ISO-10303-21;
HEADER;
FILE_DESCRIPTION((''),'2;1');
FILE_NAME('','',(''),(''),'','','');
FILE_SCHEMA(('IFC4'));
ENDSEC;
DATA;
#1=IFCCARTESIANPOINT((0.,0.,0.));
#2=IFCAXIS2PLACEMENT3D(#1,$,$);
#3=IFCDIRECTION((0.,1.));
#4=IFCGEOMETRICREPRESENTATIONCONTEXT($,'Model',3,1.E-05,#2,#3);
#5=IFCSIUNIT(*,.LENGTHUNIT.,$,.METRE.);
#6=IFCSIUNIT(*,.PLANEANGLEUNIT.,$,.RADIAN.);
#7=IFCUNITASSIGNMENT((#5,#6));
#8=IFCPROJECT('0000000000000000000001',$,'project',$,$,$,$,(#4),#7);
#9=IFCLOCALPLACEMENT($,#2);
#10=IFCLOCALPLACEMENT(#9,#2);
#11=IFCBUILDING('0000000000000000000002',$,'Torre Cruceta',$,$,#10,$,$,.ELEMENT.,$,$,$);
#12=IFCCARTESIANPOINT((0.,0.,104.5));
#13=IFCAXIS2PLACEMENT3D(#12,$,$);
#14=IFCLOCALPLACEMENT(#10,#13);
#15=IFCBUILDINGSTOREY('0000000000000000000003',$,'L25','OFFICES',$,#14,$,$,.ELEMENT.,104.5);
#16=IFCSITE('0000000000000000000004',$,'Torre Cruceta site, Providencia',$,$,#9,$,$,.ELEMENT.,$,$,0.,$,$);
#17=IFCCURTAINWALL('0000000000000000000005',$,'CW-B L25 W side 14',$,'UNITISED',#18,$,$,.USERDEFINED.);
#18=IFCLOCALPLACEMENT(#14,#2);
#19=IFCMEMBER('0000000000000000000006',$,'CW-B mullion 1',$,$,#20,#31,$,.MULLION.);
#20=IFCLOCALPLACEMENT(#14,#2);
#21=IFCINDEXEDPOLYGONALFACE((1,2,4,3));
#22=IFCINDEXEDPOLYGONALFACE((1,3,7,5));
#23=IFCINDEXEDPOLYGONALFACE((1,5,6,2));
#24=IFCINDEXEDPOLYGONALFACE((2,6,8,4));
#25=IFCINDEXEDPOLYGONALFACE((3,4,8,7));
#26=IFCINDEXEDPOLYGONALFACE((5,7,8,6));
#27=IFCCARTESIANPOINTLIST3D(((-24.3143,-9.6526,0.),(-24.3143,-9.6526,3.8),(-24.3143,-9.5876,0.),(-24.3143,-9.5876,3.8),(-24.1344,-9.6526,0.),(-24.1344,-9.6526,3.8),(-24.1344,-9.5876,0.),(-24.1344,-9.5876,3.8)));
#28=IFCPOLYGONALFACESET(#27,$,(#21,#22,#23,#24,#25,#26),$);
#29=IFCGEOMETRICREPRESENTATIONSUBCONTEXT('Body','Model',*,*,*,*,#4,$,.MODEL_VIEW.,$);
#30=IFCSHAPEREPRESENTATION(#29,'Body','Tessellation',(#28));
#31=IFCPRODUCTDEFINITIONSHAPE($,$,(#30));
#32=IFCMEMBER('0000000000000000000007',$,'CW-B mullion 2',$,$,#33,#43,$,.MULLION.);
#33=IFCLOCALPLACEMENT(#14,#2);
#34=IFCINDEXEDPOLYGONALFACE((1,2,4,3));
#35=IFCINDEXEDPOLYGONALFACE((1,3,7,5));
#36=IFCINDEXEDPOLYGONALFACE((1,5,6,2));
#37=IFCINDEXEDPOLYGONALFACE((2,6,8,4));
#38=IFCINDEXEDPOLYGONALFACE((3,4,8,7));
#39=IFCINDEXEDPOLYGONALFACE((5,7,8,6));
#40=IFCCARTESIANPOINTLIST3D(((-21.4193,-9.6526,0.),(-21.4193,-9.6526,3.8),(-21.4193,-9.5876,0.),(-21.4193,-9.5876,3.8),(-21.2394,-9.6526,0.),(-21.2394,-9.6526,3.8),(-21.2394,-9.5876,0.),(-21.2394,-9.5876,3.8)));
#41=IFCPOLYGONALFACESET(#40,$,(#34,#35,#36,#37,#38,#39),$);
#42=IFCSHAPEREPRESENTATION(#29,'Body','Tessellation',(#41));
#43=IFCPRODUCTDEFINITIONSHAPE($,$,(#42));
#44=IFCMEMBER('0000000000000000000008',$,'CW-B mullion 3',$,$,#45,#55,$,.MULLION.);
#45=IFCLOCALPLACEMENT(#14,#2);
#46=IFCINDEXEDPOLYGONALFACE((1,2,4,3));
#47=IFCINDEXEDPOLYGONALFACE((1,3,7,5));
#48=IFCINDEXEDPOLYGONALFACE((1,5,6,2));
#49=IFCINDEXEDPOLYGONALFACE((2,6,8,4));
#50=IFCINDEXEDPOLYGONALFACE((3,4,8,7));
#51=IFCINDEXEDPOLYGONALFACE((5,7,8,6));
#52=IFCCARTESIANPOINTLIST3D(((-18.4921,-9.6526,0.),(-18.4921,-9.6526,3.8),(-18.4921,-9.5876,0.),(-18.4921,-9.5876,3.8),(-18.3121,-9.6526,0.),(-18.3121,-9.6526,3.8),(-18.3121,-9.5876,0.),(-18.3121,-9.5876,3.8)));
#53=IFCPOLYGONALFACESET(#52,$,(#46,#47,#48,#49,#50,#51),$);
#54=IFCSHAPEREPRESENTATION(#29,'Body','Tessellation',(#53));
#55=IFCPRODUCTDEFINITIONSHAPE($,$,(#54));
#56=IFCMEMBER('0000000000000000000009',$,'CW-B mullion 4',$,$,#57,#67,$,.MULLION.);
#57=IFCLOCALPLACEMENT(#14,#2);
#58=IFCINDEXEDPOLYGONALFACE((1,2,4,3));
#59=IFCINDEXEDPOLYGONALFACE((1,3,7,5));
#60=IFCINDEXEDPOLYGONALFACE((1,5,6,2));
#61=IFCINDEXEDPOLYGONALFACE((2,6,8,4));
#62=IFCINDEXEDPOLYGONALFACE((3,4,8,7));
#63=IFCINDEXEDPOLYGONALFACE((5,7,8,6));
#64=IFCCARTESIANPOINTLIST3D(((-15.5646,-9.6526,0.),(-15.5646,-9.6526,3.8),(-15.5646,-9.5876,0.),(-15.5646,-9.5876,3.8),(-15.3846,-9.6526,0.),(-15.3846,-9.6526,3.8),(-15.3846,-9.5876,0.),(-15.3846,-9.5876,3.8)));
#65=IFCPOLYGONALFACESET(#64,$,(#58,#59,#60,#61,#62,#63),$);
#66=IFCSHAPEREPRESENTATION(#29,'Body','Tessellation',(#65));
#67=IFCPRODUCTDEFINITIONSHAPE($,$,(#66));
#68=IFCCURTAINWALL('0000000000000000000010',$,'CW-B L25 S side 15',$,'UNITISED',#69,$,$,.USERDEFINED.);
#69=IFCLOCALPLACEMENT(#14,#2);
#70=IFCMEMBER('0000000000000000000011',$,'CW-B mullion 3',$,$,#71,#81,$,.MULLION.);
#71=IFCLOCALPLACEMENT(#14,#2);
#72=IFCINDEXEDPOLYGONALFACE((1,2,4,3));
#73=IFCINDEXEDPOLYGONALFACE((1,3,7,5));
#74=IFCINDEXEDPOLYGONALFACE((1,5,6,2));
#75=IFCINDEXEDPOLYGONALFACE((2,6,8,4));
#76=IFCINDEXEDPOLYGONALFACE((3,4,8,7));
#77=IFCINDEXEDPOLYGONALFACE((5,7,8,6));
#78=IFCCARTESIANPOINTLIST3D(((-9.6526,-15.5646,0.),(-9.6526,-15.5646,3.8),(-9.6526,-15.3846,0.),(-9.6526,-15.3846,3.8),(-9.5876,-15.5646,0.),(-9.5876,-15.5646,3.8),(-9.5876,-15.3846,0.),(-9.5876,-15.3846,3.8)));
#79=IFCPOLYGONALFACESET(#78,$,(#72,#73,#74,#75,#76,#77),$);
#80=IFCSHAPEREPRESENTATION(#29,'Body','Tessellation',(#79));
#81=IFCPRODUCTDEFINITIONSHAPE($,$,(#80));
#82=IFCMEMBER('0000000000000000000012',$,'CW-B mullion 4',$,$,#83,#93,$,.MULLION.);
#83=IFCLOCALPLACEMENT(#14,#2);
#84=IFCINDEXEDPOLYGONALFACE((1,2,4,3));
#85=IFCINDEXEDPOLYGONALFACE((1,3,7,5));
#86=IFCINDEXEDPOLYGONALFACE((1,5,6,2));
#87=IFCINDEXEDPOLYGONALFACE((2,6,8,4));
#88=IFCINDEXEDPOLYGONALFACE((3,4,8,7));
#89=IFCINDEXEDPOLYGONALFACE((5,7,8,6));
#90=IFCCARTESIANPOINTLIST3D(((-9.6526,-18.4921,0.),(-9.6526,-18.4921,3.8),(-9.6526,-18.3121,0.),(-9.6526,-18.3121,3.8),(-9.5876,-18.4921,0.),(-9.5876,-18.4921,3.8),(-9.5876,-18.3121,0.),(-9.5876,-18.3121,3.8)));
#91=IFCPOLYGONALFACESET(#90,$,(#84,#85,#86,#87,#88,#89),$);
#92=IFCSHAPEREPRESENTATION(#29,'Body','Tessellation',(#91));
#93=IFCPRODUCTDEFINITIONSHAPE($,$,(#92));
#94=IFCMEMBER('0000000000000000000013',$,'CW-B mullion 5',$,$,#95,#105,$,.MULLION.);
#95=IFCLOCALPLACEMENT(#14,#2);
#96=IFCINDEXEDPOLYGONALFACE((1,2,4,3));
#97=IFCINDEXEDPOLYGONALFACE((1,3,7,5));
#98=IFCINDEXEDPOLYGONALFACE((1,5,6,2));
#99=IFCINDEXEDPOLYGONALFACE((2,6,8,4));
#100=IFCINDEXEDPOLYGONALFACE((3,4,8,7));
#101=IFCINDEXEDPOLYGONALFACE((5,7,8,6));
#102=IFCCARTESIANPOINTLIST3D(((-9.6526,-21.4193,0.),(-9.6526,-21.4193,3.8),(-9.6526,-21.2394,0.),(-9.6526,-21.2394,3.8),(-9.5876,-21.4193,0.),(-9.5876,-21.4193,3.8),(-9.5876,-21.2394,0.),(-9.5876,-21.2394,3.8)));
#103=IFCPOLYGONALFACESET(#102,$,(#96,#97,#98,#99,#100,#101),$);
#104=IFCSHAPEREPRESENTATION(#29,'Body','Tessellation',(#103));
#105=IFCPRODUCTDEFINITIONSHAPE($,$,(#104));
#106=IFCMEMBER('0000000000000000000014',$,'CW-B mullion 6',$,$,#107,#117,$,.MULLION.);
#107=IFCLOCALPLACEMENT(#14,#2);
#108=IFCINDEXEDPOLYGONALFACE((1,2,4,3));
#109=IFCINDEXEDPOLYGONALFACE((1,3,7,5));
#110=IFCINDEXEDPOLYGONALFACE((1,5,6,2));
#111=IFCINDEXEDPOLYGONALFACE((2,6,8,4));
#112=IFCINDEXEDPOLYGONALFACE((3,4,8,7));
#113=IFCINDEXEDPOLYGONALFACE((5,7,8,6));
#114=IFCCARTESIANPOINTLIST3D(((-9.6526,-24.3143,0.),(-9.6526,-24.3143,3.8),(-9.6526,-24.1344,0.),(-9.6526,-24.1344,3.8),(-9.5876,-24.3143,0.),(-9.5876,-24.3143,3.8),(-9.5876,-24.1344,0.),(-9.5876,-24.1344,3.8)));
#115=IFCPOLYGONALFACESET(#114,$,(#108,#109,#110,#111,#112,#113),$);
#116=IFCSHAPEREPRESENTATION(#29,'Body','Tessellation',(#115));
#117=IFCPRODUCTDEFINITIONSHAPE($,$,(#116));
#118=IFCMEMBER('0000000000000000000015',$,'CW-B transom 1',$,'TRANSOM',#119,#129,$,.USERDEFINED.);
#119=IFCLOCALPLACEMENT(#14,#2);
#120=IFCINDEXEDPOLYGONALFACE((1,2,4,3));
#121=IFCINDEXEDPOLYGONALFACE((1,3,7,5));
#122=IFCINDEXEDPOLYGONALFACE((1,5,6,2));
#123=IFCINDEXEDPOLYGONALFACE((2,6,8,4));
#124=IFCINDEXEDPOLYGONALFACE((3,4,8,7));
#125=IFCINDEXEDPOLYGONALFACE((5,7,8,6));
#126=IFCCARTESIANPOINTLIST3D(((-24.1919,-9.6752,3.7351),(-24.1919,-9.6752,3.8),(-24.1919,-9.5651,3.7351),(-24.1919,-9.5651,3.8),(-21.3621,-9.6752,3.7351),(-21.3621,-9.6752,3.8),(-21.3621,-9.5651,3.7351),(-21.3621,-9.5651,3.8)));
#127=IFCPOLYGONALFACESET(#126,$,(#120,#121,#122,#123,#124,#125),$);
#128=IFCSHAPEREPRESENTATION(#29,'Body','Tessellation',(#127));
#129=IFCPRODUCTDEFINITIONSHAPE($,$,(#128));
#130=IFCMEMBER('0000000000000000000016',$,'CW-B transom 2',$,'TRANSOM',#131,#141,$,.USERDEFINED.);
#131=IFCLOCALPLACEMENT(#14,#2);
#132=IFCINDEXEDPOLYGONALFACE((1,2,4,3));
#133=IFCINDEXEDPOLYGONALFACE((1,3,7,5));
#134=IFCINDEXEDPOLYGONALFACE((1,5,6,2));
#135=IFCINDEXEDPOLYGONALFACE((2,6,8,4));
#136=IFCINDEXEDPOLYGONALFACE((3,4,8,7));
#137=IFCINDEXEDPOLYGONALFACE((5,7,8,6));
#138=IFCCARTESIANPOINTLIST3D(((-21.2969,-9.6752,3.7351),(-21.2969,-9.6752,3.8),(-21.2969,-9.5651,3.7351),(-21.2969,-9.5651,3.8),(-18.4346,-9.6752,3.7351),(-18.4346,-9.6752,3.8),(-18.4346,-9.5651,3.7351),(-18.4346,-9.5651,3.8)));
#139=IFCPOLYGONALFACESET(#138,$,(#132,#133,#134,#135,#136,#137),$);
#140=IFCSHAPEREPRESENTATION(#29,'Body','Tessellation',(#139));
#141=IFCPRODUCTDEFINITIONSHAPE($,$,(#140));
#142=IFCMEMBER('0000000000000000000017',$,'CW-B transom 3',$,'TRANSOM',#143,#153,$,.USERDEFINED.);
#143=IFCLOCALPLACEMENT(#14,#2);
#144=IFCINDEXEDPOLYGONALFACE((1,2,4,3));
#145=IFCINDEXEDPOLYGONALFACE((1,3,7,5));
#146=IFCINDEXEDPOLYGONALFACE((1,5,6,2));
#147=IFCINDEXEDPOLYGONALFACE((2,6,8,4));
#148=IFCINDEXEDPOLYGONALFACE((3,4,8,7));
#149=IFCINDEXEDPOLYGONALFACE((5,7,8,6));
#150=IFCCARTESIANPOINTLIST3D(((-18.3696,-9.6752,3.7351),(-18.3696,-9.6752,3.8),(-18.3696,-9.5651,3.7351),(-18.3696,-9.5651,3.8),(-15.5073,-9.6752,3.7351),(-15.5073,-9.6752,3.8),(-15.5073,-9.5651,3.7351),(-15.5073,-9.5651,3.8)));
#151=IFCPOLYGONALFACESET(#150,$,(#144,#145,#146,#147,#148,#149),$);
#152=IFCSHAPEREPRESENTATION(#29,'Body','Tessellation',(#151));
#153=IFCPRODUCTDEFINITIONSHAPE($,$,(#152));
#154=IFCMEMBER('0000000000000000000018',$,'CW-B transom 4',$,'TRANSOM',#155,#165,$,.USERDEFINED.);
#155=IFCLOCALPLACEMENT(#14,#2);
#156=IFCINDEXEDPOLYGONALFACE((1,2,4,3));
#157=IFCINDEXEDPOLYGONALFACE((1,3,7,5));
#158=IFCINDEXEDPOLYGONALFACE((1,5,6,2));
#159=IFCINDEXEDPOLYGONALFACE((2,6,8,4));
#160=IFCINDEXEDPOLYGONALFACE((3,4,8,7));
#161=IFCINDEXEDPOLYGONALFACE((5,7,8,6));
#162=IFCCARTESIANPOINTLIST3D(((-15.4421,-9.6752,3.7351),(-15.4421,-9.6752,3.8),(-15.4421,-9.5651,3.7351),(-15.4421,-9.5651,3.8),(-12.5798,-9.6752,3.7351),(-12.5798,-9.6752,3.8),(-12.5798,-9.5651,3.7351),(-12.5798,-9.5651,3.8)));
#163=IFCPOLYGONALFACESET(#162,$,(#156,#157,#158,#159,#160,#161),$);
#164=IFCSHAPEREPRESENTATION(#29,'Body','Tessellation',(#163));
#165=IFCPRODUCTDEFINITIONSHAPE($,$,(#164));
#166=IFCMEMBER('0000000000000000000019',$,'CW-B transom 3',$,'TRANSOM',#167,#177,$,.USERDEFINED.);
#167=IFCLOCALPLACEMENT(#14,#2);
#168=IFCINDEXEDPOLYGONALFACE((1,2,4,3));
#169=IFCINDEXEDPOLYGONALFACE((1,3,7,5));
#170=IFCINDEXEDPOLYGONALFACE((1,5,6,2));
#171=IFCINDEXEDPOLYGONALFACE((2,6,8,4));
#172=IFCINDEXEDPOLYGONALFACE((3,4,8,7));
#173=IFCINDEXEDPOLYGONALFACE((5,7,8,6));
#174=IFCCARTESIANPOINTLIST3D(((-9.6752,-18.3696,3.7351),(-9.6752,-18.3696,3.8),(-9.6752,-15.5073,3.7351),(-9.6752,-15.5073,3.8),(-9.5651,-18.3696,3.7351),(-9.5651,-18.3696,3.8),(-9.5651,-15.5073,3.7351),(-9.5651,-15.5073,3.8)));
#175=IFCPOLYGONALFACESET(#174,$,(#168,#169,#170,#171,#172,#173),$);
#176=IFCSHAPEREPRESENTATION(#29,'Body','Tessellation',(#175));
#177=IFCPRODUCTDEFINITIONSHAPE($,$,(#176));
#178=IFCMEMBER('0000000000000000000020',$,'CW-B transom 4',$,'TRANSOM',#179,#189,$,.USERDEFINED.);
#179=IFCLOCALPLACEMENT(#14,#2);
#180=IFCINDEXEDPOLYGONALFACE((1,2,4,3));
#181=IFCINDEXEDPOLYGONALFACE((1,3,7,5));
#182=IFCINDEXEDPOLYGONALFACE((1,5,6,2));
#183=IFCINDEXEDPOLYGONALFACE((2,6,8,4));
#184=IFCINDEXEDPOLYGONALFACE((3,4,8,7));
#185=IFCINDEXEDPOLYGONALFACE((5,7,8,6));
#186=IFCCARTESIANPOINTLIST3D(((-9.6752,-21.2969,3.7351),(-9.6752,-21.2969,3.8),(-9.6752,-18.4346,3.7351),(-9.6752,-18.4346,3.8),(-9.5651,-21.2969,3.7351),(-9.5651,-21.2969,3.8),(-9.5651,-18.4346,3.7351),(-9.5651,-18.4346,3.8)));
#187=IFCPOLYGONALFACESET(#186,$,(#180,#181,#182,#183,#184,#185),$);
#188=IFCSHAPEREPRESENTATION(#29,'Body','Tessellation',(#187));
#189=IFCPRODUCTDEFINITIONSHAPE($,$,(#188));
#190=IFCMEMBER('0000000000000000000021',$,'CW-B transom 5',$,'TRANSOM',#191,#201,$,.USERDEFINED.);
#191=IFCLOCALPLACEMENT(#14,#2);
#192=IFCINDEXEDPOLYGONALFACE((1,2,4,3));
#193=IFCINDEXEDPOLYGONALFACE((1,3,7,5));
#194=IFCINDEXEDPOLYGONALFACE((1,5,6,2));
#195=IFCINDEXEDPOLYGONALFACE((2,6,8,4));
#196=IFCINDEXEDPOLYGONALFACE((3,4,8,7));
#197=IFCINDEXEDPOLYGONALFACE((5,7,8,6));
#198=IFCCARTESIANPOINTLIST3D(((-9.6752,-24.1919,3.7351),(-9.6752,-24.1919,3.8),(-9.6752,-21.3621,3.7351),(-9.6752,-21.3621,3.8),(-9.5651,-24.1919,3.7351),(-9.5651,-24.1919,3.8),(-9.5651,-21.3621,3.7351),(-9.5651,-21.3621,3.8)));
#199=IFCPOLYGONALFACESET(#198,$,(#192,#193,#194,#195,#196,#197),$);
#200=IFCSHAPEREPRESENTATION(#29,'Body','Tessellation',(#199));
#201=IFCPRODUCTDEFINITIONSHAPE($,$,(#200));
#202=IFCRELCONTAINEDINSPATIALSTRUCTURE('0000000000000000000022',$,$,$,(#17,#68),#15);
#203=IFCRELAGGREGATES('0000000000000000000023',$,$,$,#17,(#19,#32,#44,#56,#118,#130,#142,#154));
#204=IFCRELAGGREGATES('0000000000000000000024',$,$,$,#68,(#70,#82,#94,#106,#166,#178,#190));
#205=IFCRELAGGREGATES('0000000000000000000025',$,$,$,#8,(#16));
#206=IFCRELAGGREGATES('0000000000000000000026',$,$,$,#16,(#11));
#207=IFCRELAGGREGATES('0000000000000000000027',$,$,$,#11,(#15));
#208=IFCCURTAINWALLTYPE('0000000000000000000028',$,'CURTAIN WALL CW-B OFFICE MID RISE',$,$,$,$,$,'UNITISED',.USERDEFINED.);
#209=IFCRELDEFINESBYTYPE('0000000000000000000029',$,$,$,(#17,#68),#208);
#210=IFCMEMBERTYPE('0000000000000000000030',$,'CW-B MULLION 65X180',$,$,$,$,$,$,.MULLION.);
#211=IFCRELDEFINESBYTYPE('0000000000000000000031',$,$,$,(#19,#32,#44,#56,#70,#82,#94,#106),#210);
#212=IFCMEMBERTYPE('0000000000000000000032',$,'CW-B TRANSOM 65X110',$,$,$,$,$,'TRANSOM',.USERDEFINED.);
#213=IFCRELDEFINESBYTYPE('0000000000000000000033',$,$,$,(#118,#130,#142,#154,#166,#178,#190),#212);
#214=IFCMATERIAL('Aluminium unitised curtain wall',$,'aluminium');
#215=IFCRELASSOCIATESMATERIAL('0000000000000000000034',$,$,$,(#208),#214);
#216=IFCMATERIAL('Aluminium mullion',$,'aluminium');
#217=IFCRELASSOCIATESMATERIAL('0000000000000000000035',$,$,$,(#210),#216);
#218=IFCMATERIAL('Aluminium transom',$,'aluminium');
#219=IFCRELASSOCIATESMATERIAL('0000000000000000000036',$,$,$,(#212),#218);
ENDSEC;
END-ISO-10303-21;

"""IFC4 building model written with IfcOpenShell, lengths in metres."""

from ifc_helpers import new_model, si_unit, direction, frame, origin, origin_2d, place, context, subcontext, project, spatial, rectangle, extrude, material, material_profile, profile_set, type_object, element, aggregate, save


model = new_model("IFC4")

# Units and contexts
model_context = context("Model", 3, precision=1e-05, world=origin(), true_north=direction((0.0, 1.0)))
body_context = subcontext(model_context, "Body", "Model", "MODEL_VIEW")
ifc_project = project(units=[si_unit("LENGTHUNIT", "METRE"), si_unit("PLANEANGLEUNIT", "RADIAN")], contexts=[model_context])

# Site, building, storey
site_placement = place(None, origin())
site = spatial("IfcSite", under=ifc_project, at=site_placement, Name="Torre Cruceta site, Providencia", CompositionType="ELEMENT", RefElevation=0.0)
building_placement = place(site_placement, origin())
building = spatial("IfcBuilding", under=site, at=building_placement, Name="Torre Cruceta", CompositionType="ELEMENT")
storey_placement = place(building_placement, frame((0.0, 0.0, 104.5)))
storey = spatial("IfcBuildingStorey", under=building, at=storey_placement, Name="L25", Description="OFFICES", CompositionType="ELEMENT", Elevation=104.5)

# Curtain walls, members
ifc_material_1 = material(Name="Aluminium unitised curtain wall", Category="aluminium")
curtain_wall_type = type_object("IfcCurtainWallType", Name="CURTAIN WALL CW-B OFFICE MID RISE", ElementType="UNITISED", PredefinedType="USERDEFINED", material=ifc_material_1)
curtain_wall_1_placement = place(storey_placement, origin())
curtain_wall_1 = element("IfcCurtainWall", 1, at=curtain_wall_1_placement, inside=storey, type_object=curtain_wall_type, Name="CW-B L25 W side 14", ObjectType="UNITISED", PredefinedType="USERDEFINED")
ifc_material_2 = material(Name="Aluminium mullion", Category="aluminium")
ifc_material_profile_1 = material_profile(ifc_material_2, rectangle(XDim=0.0649, YDim=0.1799, at=origin_2d()), Name="AL 65X180")
ifc_profile_set_1 = profile_set([ifc_material_profile_1], Name="Aluminium mullion")
member_type_1 = type_object("IfcMemberType", Name="CW-B MULLION 65X180", PredefinedType="MULLION", material=ifc_profile_set_1)
member_1_placement = place(storey_placement, frame((-24.2244, -9.6201, 0.0), z_axis=(0.0, 0.0, 1.0), x_axis=(0.0, 1.0, 0.0)))
member_1 = element("IfcMember", 2, at=member_1_placement, type_object=member_type_1, Name="CW-B mullion 1", PredefinedType="MULLION", context=body_context, shape_type="SweptSolid", body=[
    extrude(rectangle(XDim=0.0649, YDim=0.1799, at=origin_2d()), origin(), (0.0, 0.0, 1.0), 3.8),
])
member_2_placement = place(storey_placement, frame((-21.3293, -9.6201, 0.0), z_axis=(0.0, 0.0, 1.0), x_axis=(0.0, 1.0, 0.0)))
member_2 = element("IfcMember", 3, at=member_2_placement, type_object=member_type_1, Name="CW-B mullion 2", PredefinedType="MULLION", context=body_context, shape_type="SweptSolid", body=[
    extrude(rectangle(XDim=0.0649, YDim=0.1799, at=origin_2d()), origin(), (0.0, 0.0, 1.0), 3.8),
])
member_3_placement = place(storey_placement, frame((-18.4021, -9.6201, 0.0), z_axis=(0.0, 0.0, 1.0), x_axis=(0.0, 1.0, 0.0)))
member_3 = element("IfcMember", 4, at=member_3_placement, type_object=member_type_1, Name="CW-B mullion 3", PredefinedType="MULLION", context=body_context, shape_type="SweptSolid", body=[
    extrude(rectangle(XDim=0.0649, YDim=0.1799, at=origin_2d()), origin(), (0.0, 0.0, 1.0), 3.8),
])
member_4_placement = place(storey_placement, frame((-15.4746, -9.6201, 0.0), z_axis=(0.0, 0.0, 1.0), x_axis=(0.0, 1.0, 0.0)))
member_4 = element("IfcMember", 5, at=member_4_placement, type_object=member_type_1, Name="CW-B mullion 4", PredefinedType="MULLION", context=body_context, shape_type="SweptSolid", body=[
    extrude(rectangle(XDim=0.0649, YDim=0.1799, at=origin_2d()), origin(), (0.0, 0.0, 1.0), 3.8),
])
curtain_wall_2_placement = place(storey_placement, origin())
curtain_wall_2 = element("IfcCurtainWall", 6, at=curtain_wall_2_placement, inside=storey, type_object=curtain_wall_type, Name="CW-B L25 S side 15", ObjectType="UNITISED", PredefinedType="USERDEFINED")
member_5_placement = place(storey_placement, frame((-9.6201, -15.4746, 0.0), z_axis=(0.0, 0.0, 1.0), x_axis=(1.0, 0.0, 0.0)))
member_5 = element("IfcMember", 7, at=member_5_placement, type_object=member_type_1, Name="CW-B mullion 3", PredefinedType="MULLION", context=body_context, shape_type="SweptSolid", body=[
    extrude(rectangle(XDim=0.0649, YDim=0.1799, at=origin_2d()), origin(), (0.0, 0.0, 1.0), 3.8),
])
member_6_placement = place(storey_placement, frame((-9.6201, -18.4021, 0.0), z_axis=(0.0, 0.0, 1.0), x_axis=(1.0, 0.0, 0.0)))
member_6 = element("IfcMember", 8, at=member_6_placement, type_object=member_type_1, Name="CW-B mullion 4", PredefinedType="MULLION", context=body_context, shape_type="SweptSolid", body=[
    extrude(rectangle(XDim=0.0649, YDim=0.1799, at=origin_2d()), origin(), (0.0, 0.0, 1.0), 3.8),
])
member_7_placement = place(storey_placement, frame((-9.6201, -21.3293, 0.0), z_axis=(0.0, 0.0, 1.0), x_axis=(1.0, 0.0, 0.0)))
member_7 = element("IfcMember", 9, at=member_7_placement, type_object=member_type_1, Name="CW-B mullion 5", PredefinedType="MULLION", context=body_context, shape_type="SweptSolid", body=[
    extrude(rectangle(XDim=0.0649, YDim=0.1799, at=origin_2d()), origin(), (0.0, 0.0, 1.0), 3.8),
])
member_8_placement = place(storey_placement, frame((-9.6201, -24.2244, 0.0), z_axis=(0.0, 0.0, 1.0), x_axis=(1.0, 0.0, 0.0)))
member_8 = element("IfcMember", 10, at=member_8_placement, type_object=member_type_1, Name="CW-B mullion 6", PredefinedType="MULLION", context=body_context, shape_type="SweptSolid", body=[
    extrude(rectangle(XDim=0.0649, YDim=0.1799, at=origin_2d()), origin(), (0.0, 0.0, 1.0), 3.8),
])

# Members
ifc_material_3 = material(Name="Aluminium transom", Category="aluminium")
ifc_material_profile_2 = material_profile(ifc_material_3, rectangle(XDim=0.1101, YDim=0.0649, at=origin_2d()), Name="AL 110X65")
ifc_profile_set_2 = profile_set([ifc_material_profile_2], Name="Aluminium transom")
member_type_2 = type_object("IfcMemberType", Name="CW-B TRANSOM 65X110", ElementType="TRANSOM", PredefinedType="USERDEFINED", material=ifc_profile_set_2)
member_9_placement = place(storey_placement, frame((-24.1919, -9.6201, 3.7676), z_axis=(1.0, 0.0, 0.0), x_axis=(0.0, 1.0, 0.0)))
member_9 = element("IfcMember", 11, at=member_9_placement, type_object=member_type_2, Name="CW-B transom 1", ObjectType="TRANSOM", PredefinedType="USERDEFINED", context=body_context, shape_type="SweptSolid", body=[
    extrude(rectangle(XDim=0.1101, YDim=0.0649, at=origin_2d()), origin(), (0.0, 0.0, 1.0), 2.8298),
])
member_10_placement = place(storey_placement, frame((-21.2969, -9.6201, 3.7676), z_axis=(1.0, 0.0, 0.0), x_axis=(0.0, 1.0, 0.0)))
member_10 = element("IfcMember", 12, at=member_10_placement, type_object=member_type_2, Name="CW-B transom 2", ObjectType="TRANSOM", PredefinedType="USERDEFINED", context=body_context, shape_type="SweptSolid", body=[
    extrude(rectangle(XDim=0.1101, YDim=0.0649, at=origin_2d()), origin(), (0.0, 0.0, 1.0), 2.8623),
])
member_11_placement = place(storey_placement, frame((-18.3696, -9.6201, 3.7676), z_axis=(1.0, 0.0, 0.0), x_axis=(0.0, 1.0, 0.0)))
member_11 = element("IfcMember", 13, at=member_11_placement, type_object=member_type_2, Name="CW-B transom 3", ObjectType="TRANSOM", PredefinedType="USERDEFINED", context=body_context, shape_type="SweptSolid", body=[
    extrude(rectangle(XDim=0.1101, YDim=0.0649, at=origin_2d()), origin(), (0.0, 0.0, 1.0), 2.8623),
])
member_12_placement = place(storey_placement, frame((-15.4421, -9.6201, 3.7676), z_axis=(1.0, 0.0, 0.0), x_axis=(0.0, 1.0, 0.0)))
member_12 = element("IfcMember", 14, at=member_12_placement, type_object=member_type_2, Name="CW-B transom 4", ObjectType="TRANSOM", PredefinedType="USERDEFINED", context=body_context, shape_type="SweptSolid", body=[
    extrude(rectangle(XDim=0.1101, YDim=0.0649, at=origin_2d()), origin(), (0.0, 0.0, 1.0), 2.8623),
])
member_13_placement = place(storey_placement, frame((-9.6201, -15.5073, 3.7676), z_axis=(0.0, -1.0, 0.0), x_axis=(1.0, 0.0, 0.0)))
member_13 = element("IfcMember", 15, at=member_13_placement, type_object=member_type_2, Name="CW-B transom 3", ObjectType="TRANSOM", PredefinedType="USERDEFINED", context=body_context, shape_type="SweptSolid", body=[
    extrude(rectangle(XDim=0.1101, YDim=0.0649, at=origin_2d()), origin(), (0.0, 0.0, 1.0), 2.8623),
])
member_14_placement = place(storey_placement, frame((-9.6201, -18.4346, 3.7676), z_axis=(0.0, -1.0, 0.0), x_axis=(1.0, 0.0, 0.0)))
member_14 = element("IfcMember", 16, at=member_14_placement, type_object=member_type_2, Name="CW-B transom 4", ObjectType="TRANSOM", PredefinedType="USERDEFINED", context=body_context, shape_type="SweptSolid", body=[
    extrude(rectangle(XDim=0.1101, YDim=0.0649, at=origin_2d()), origin(), (0.0, 0.0, 1.0), 2.8623),
])
member_15_placement = place(storey_placement, frame((-9.6201, -21.3621, 3.7676), z_axis=(0.0, -1.0, 0.0), x_axis=(1.0, 0.0, 0.0)))
member_15 = element("IfcMember", 17, at=member_15_placement, type_object=member_type_2, Name="CW-B transom 5", ObjectType="TRANSOM", PredefinedType="USERDEFINED", context=body_context, shape_type="SweptSolid", body=[
    extrude(rectangle(XDim=0.1101, YDim=0.0649, at=origin_2d()), origin(), (0.0, 0.0, 1.0), 2.8298),
])

aggregate(curtain_wall_1, [member_1, member_2, member_3, member_4, member_9, member_10, member_11, member_12])
aggregate(curtain_wall_2, [member_5, member_6, member_7, member_8, member_13, member_14, member_15])

save(model, "model.ifc")
